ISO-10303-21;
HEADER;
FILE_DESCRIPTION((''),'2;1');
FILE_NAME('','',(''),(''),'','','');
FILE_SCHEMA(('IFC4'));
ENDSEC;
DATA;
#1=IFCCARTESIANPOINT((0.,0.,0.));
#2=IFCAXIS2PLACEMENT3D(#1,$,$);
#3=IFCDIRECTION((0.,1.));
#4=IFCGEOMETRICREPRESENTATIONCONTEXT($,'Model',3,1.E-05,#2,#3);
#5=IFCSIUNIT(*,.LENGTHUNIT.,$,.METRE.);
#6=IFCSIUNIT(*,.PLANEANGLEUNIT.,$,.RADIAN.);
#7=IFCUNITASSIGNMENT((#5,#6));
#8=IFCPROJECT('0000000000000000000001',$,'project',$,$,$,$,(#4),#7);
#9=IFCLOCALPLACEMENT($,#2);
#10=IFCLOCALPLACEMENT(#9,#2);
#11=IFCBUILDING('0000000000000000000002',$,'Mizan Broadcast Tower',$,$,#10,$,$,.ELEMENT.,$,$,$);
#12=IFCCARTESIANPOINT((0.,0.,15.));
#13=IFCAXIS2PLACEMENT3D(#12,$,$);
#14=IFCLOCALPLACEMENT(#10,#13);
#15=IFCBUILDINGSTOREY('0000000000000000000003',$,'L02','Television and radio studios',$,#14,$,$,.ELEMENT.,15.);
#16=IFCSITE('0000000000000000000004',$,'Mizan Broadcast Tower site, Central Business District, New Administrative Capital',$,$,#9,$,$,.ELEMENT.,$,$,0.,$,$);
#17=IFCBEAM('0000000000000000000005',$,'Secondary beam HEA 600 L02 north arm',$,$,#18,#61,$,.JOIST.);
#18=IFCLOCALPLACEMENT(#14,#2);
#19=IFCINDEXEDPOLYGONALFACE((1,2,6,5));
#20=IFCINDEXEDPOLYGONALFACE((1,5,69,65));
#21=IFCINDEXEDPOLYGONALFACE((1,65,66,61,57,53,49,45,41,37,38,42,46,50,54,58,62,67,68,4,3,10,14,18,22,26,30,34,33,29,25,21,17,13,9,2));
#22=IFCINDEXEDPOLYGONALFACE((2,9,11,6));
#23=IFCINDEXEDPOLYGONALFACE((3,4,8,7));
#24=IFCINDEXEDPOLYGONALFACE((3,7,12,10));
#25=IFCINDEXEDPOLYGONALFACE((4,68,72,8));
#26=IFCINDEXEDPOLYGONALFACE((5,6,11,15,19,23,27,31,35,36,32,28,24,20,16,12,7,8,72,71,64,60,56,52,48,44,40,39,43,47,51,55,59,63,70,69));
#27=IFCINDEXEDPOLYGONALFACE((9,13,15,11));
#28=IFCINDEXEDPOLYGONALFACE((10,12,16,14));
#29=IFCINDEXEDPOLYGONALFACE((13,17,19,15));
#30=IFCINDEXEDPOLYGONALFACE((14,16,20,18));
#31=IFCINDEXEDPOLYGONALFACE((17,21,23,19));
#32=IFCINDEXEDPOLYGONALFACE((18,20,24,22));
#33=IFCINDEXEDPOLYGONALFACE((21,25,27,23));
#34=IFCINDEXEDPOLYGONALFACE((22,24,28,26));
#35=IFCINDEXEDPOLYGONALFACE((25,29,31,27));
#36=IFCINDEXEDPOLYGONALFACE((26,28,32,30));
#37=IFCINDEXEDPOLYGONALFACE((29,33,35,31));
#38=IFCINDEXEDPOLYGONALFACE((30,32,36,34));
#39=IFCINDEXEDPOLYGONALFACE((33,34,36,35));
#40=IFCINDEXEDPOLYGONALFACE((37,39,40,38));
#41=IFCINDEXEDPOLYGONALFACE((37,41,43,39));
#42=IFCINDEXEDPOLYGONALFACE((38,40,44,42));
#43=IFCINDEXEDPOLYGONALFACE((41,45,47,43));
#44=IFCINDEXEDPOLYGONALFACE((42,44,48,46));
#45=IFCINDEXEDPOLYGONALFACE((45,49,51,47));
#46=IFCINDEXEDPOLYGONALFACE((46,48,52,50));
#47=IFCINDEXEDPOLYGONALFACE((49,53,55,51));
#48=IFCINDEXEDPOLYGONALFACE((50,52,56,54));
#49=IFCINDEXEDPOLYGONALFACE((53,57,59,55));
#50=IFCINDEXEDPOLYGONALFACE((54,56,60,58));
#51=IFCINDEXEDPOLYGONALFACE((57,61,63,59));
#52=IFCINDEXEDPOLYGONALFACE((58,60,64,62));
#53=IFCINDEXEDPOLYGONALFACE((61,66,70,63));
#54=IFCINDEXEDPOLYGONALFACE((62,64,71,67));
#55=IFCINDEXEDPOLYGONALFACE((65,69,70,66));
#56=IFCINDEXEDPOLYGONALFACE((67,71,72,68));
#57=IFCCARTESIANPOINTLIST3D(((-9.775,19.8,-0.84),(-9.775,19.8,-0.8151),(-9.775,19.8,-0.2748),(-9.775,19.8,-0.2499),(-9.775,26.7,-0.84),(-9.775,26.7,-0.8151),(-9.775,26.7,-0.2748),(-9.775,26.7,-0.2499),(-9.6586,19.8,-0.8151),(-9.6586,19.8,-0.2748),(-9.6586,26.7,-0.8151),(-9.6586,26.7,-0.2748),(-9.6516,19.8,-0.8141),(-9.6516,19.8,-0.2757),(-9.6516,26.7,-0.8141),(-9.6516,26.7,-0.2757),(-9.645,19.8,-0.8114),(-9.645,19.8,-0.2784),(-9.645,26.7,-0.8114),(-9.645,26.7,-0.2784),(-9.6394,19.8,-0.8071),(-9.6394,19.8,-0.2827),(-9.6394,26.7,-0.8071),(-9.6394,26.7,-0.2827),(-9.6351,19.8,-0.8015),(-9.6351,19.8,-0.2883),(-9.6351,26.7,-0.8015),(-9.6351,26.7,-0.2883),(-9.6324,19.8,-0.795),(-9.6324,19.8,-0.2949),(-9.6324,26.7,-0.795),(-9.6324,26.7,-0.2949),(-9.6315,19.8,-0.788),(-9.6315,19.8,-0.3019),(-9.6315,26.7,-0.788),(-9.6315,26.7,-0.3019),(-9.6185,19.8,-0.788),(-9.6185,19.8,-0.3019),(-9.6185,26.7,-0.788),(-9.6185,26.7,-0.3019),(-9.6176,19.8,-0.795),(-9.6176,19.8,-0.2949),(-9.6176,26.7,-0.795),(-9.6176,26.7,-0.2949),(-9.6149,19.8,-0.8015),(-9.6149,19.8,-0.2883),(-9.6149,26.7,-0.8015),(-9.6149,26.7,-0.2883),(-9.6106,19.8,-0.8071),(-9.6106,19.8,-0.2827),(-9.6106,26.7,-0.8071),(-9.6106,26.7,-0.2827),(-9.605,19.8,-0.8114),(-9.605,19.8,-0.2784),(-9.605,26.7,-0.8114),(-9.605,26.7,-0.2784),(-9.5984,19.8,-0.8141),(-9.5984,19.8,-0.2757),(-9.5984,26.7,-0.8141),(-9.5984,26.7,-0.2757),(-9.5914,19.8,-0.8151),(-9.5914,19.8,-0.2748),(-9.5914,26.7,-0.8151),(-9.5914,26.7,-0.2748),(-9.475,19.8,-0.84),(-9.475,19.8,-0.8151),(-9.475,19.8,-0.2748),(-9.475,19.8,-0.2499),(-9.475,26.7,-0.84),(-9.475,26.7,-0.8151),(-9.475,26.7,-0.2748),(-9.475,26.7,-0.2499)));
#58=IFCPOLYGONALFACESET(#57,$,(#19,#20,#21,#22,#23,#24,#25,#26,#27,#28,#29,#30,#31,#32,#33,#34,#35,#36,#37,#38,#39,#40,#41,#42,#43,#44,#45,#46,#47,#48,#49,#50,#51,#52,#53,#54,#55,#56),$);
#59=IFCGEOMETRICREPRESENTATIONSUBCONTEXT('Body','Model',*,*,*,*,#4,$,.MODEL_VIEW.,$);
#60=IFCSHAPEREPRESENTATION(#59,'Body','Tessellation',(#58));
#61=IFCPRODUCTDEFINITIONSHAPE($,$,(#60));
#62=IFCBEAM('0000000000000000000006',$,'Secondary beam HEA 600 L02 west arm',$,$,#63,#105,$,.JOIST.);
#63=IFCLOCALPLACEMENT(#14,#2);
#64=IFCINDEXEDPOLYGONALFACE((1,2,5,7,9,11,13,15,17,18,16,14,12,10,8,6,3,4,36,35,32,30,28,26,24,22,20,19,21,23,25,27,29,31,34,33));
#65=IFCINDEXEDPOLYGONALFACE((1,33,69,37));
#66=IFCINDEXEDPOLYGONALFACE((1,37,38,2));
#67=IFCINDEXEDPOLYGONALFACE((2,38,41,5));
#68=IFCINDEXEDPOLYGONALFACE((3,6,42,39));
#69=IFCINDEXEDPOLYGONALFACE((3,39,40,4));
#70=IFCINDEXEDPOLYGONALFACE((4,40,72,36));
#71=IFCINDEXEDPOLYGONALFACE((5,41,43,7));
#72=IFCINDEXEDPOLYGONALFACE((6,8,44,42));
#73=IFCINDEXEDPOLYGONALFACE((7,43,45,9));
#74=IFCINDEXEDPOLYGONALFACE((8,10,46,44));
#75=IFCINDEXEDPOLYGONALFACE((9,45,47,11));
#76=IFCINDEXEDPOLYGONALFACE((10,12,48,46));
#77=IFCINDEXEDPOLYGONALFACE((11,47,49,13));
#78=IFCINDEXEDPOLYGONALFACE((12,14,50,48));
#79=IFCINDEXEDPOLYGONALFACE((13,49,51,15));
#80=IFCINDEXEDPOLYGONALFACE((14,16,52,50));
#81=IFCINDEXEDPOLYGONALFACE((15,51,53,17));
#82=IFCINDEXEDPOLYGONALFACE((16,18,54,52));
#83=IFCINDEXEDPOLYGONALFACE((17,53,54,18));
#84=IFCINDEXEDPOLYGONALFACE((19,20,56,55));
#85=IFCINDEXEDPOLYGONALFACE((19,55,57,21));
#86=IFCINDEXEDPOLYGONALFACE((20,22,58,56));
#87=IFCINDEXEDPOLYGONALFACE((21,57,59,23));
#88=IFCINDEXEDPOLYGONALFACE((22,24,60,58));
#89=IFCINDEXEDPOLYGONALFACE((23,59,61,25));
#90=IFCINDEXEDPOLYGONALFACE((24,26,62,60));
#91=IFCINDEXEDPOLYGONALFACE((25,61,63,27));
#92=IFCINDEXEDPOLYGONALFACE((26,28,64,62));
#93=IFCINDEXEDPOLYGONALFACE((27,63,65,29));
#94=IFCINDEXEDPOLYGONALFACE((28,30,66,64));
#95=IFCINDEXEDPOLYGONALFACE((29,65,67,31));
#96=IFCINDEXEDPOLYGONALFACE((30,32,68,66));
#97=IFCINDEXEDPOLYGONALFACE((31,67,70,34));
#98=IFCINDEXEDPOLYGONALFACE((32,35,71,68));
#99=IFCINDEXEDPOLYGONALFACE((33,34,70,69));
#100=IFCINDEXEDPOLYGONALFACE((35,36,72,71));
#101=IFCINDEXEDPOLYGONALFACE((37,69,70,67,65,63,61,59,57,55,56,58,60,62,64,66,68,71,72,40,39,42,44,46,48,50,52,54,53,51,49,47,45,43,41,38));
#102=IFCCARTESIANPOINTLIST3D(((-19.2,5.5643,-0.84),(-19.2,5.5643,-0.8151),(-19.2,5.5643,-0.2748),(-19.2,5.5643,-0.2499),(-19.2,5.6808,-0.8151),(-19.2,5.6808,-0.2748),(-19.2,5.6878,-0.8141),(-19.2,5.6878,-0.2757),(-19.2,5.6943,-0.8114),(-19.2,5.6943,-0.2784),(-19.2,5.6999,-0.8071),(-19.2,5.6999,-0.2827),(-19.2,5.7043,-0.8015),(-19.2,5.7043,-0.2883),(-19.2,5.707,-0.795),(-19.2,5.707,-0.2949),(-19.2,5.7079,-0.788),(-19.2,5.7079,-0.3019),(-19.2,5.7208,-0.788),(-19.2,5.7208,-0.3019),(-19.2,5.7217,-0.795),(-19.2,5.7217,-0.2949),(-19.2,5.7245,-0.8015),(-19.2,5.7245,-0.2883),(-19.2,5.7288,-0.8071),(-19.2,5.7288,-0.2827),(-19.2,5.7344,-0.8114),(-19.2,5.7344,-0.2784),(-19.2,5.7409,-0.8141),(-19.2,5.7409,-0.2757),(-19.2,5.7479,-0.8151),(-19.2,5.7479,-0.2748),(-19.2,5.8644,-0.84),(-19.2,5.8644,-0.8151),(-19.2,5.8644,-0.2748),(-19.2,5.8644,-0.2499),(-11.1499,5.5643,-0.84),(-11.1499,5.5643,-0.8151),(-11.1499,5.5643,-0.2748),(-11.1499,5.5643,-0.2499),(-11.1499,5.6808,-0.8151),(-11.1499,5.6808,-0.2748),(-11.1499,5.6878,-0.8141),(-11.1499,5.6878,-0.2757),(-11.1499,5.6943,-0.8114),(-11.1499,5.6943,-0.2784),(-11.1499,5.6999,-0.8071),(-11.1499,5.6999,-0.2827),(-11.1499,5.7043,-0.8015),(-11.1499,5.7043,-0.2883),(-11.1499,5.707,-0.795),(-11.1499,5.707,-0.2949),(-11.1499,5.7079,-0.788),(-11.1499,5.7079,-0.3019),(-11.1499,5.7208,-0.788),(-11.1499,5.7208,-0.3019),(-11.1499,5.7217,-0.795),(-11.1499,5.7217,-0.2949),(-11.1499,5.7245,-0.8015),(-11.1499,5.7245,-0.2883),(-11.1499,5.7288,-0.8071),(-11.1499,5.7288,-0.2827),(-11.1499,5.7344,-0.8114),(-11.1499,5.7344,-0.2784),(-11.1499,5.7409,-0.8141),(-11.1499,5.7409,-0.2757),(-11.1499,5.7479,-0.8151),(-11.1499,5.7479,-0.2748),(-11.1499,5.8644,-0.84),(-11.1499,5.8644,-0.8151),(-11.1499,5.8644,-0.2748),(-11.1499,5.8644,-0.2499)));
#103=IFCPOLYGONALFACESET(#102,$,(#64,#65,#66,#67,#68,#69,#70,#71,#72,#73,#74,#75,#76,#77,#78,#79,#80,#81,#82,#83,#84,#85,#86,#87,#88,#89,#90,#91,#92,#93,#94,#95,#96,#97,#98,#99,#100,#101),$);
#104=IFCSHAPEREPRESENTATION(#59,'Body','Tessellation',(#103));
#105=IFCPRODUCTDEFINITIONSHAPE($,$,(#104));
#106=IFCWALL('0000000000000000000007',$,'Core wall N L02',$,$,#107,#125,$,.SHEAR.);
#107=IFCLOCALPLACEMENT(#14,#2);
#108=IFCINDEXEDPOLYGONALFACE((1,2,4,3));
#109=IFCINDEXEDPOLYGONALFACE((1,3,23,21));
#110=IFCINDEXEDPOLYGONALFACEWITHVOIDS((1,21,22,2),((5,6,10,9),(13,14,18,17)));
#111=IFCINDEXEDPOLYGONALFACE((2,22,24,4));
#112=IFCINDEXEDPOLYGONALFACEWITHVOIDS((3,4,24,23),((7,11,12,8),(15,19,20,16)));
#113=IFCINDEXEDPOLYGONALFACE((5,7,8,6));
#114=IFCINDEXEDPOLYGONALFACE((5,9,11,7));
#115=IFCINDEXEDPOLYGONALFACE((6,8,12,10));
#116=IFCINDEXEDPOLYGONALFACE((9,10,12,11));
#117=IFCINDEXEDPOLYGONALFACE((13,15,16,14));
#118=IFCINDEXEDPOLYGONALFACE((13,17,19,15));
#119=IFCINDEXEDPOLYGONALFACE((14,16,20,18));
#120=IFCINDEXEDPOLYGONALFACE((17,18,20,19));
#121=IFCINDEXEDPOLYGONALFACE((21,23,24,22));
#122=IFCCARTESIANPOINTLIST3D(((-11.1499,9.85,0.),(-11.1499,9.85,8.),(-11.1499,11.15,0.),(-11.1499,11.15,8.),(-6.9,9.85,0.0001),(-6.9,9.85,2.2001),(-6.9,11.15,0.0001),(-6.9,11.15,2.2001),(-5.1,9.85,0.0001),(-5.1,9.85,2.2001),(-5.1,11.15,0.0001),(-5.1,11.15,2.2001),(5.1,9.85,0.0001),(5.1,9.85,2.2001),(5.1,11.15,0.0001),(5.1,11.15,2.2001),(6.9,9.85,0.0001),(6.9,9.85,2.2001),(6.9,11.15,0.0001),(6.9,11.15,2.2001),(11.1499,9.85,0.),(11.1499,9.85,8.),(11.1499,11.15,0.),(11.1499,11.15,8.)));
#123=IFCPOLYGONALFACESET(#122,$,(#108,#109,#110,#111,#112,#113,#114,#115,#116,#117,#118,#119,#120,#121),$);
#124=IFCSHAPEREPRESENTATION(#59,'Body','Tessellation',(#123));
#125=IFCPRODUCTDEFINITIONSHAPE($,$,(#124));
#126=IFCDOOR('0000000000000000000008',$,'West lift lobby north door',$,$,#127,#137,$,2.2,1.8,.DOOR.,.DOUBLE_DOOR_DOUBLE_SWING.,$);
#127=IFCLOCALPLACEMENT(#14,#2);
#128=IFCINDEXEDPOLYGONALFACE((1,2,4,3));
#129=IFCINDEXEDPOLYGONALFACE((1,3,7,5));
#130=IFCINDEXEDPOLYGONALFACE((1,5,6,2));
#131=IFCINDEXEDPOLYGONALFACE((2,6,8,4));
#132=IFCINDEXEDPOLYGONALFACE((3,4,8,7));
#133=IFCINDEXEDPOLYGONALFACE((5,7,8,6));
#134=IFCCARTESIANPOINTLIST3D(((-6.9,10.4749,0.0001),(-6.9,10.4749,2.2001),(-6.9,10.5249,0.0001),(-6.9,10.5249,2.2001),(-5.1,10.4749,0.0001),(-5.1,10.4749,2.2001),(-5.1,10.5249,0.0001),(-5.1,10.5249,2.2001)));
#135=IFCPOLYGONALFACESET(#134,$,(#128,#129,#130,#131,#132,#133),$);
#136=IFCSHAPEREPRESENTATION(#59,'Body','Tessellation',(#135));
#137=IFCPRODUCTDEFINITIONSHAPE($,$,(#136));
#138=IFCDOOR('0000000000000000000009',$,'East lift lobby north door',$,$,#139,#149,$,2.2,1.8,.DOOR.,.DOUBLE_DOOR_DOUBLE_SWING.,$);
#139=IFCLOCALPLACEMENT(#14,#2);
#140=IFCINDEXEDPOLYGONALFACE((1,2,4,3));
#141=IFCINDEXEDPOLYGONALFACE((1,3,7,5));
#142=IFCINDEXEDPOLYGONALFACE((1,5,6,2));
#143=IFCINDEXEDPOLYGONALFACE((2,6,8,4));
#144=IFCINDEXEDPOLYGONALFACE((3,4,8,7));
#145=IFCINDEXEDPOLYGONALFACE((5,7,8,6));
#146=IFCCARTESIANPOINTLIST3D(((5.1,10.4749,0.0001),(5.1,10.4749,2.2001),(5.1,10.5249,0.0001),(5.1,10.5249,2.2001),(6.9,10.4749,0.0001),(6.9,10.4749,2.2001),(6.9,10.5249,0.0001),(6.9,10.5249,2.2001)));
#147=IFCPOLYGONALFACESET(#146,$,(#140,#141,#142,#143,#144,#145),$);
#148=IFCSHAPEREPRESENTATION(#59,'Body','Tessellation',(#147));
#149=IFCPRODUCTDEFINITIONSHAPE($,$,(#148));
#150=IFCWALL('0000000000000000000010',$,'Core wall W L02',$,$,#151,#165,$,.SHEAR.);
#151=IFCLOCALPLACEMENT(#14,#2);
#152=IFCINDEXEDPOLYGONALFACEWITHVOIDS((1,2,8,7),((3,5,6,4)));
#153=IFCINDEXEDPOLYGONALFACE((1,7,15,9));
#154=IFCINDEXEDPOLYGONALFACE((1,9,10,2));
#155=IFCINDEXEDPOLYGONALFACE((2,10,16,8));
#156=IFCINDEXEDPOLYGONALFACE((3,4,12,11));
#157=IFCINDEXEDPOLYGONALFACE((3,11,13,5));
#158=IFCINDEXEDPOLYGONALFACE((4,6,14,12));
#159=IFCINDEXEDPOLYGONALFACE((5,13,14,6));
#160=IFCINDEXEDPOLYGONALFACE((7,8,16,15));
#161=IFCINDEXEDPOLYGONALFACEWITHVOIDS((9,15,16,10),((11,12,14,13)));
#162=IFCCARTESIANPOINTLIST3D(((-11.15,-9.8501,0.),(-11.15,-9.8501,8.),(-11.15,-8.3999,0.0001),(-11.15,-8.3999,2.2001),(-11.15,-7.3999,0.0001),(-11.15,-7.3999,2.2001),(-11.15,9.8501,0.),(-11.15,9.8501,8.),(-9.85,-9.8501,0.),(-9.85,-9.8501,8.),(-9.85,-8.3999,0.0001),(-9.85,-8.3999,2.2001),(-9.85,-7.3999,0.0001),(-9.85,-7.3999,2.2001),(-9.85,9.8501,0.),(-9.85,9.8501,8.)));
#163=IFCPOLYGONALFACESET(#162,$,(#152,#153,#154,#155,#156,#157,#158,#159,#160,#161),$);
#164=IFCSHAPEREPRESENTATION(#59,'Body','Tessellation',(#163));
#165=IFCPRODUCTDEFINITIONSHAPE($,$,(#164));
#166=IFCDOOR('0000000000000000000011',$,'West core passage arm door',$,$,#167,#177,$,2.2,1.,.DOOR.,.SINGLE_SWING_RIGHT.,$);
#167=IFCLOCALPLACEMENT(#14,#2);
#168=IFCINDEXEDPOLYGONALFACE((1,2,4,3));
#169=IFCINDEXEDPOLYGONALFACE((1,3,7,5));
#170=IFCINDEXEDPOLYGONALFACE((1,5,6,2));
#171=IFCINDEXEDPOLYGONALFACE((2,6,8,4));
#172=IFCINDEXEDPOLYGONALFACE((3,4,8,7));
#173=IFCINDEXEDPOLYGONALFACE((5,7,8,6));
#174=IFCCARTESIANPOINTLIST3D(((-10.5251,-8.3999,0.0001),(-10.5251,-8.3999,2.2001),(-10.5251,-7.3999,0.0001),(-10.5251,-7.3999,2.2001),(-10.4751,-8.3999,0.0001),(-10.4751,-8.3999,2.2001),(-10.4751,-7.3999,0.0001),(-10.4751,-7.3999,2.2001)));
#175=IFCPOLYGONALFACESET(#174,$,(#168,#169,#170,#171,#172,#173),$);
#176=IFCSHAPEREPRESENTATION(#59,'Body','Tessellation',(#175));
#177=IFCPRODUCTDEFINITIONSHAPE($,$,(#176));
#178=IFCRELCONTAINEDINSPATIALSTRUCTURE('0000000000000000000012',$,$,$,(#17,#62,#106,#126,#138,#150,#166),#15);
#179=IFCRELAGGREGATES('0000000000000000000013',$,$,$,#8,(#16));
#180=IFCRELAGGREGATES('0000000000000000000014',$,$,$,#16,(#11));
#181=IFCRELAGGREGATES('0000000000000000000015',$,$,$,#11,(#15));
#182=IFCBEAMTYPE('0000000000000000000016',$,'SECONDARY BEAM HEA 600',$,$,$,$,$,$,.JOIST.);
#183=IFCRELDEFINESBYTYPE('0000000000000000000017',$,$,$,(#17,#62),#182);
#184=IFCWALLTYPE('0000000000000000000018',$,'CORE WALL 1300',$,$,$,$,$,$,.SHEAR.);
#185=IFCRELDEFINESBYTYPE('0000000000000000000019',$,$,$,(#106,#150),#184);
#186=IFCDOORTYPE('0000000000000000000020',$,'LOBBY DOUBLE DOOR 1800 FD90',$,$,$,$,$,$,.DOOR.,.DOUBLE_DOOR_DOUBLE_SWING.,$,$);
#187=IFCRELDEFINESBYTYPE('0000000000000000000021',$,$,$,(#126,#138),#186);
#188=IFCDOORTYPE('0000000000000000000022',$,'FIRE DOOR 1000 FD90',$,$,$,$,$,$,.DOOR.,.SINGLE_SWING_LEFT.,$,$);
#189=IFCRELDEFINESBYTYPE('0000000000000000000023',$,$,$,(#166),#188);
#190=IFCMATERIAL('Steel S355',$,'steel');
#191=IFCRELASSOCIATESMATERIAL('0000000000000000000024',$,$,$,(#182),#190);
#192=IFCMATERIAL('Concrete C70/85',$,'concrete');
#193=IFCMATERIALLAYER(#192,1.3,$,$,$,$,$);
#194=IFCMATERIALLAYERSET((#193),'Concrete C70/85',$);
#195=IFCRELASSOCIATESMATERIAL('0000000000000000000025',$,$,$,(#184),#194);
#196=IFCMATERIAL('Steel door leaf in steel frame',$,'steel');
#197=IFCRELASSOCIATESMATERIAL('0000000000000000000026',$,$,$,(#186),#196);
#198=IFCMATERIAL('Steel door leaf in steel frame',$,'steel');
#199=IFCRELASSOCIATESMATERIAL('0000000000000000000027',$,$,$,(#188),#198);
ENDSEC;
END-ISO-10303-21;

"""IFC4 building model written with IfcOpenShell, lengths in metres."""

from ifc_helpers import new_model, si_unit, direction, frame, frame_2d, origin, origin_2d, place, context, subcontext, project, spatial, rectangle, i_section, extrude, material, layer, layer_set, material_profile, profile_set, type_object, element, fill, save


model = new_model("IFC4")

# Units and contexts
model_context = context("Model", 3, precision=1e-05, world=origin(), true_north=direction((0.0, 1.0)))
body_context = subcontext(model_context, "Body", "Model", "MODEL_VIEW")
ifc_project = project(units=[si_unit("LENGTHUNIT", "METRE"), si_unit("PLANEANGLEUNIT", "RADIAN")], contexts=[model_context])

# Site, building, storey
site_placement = place(None, origin())
site = spatial("IfcSite", under=ifc_project, at=site_placement, Name="Mizan Broadcast Tower site, Central Business District, New Administrative Capital", CompositionType="ELEMENT", RefElevation=0.0)
building_placement = place(site_placement, origin())
building = spatial("IfcBuilding", under=site, at=building_placement, Name="Mizan Broadcast Tower", CompositionType="ELEMENT")
storey_placement = place(building_placement, frame((0.0, 0.0, 15.0)))
storey = spatial("IfcBuildingStorey", under=building, at=storey_placement, Name="L02", Description="Television and radio studios", CompositionType="ELEMENT", Elevation=15.0)

# Beams
ifc_material_1 = material(Name="Steel S355", Category="steel")
ifc_material_profile_1 = material_profile(ifc_material_1, i_section(OverallWidth=0.3, OverallDepth=0.5901, WebThickness=0.0129, FlangeThickness=0.0249, FilletRadius=0.0271, at=origin_2d()), Name="HEA 600")
ifc_profile_set_1 = profile_set([ifc_material_profile_1], Name="Steel S355")
beam_type_1 = type_object("IfcBeamType", Name="SECONDARY BEAM HEA 600", PredefinedType="JOIST", material=ifc_profile_set_1)
beam_1_placement = place(storey_placement, frame((-9.625, 19.8, -0.5449), z_axis=(0.0, 1.0, 0.0), x_axis=(-1.0, 0.0, 0.0)))
element("IfcBeam", 1, at=beam_1_placement, inside=storey, type_object=beam_type_1, Name="Secondary beam HEA 600 L02 north arm", PredefinedType="JOIST", context=body_context, shape_type="SweptSolid", body=[
    extrude(i_section(OverallWidth=0.3, OverallDepth=0.5901, WebThickness=0.0129, FlangeThickness=0.0249, FilletRadius=0.0271, at=origin_2d()), origin(), (0.0, 0.0, 1.0), 6.8999),
])
beam_2_placement = place(storey_placement, frame((-11.1499, 5.7144, -0.5449), z_axis=(-1.0, 0.0, 0.0), x_axis=(0.0, -1.0, 0.0)))
element("IfcBeam", 2, at=beam_2_placement, inside=storey, type_object=beam_type_1, Name="Secondary beam HEA 600 L02 west arm", PredefinedType="JOIST", context=body_context, shape_type="SweptSolid", body=[
    extrude(i_section(OverallWidth=0.3, OverallDepth=0.5901, WebThickness=0.0129, FlangeThickness=0.0249, FilletRadius=0.0271, at=origin_2d()), origin(), (0.0, 0.0, 1.0), 8.05),
])

# Wall, openings, doors
ifc_material_2 = material(Name="Concrete C70/85", Category="concrete")
ifc_layer_1 = layer(ifc_material_2, 1.3)
ifc_layer_set_1 = layer_set([ifc_layer_1], Name="Concrete C70/85")
wall_type_1 = type_object("IfcWallType", Name="CORE WALL 1300", PredefinedType="SHEAR", material=ifc_layer_set_1)
wall_1_placement = place(storey_placement, frame((-11.1499, 10.5, 0.0), z_axis=(0.0, 0.0, 1.0), x_axis=(1.0, 0.0, 0.0)))
wall_1 = element("IfcWall", 3, at=wall_1_placement, inside=storey, type_object=wall_type_1, Name="Core wall N L02", PredefinedType="SHEAR", context=body_context, shape_type="SweptSolid", body=[
    extrude(rectangle(XDim=22.2998, YDim=1.3, at=frame_2d((11.1499, 0.0))), origin(), (0.0, 0.0, 1.0), 8.0),
])
opening_1_placement = place(wall_1_placement, frame((4.25, 0.0, 0.0)))
opening_1 = element("IfcOpeningElement", 4, at=opening_1_placement, cuts=wall_1, PredefinedType="OPENING", context=body_context, shape_type="SweptSolid", body=[
    extrude(rectangle(XDim=1.8, YDim=2.2, at=frame_2d((0.8999, 1.1001))), frame((0.0, 0.6599, 0.0), z_axis=(0.0, -1.0, 0.0), x_axis=(1.0, 0.0, 0.0)), (0.0, 0.0, 1.0), 1.3201),
])
opening_2_placement = place(wall_1_placement, frame((16.25, 0.0, 0.0)))
opening_2 = element("IfcOpeningElement", 5, at=opening_2_placement, cuts=wall_1, PredefinedType="OPENING", context=body_context, shape_type="SweptSolid", body=[
    extrude(rectangle(XDim=1.8, YDim=2.2, at=frame_2d((0.8999, 1.1001))), frame((0.0, 0.6599, 0.0), z_axis=(0.0, -1.0, 0.0), x_axis=(1.0, 0.0, 0.0)), (0.0, 0.0, 1.0), 1.3201),
])
ifc_material_3 = material(Name="Steel door leaf in steel frame", Category="steel")
door_type_1 = type_object("IfcDoorType", Name="LOBBY DOUBLE DOOR 1800 FD90", OperationType="DOUBLE_DOOR_DOUBLE_SWING", PredefinedType="DOOR", material=ifc_material_3)
door_1_placement = place(opening_1_placement, origin())
door_1 = element("IfcDoor", 6, at=door_1_placement, inside=storey, type_object=door_type_1, Name="West lift lobby north door", OperationType="DOUBLE_DOOR_DOUBLE_SWING", OverallHeight=2.2, OverallWidth=1.8, PredefinedType="DOOR", context=body_context, shape_type="SweptSolid", body=[
    extrude(rectangle(XDim=1.8, YDim=2.2, at=frame_2d((0.8999, 1.1001))), frame((0.0, 0.0249, 0.0), z_axis=(0.0, -1.0, 0.0), x_axis=(1.0, 0.0, 0.0)), (0.0, 0.0, 1.0), 0.05),
])
fill(opening_1, door_1)
door_2_placement = place(opening_2_placement, origin())
door_2 = element("IfcDoor", 7, at=door_2_placement, inside=storey, type_object=door_type_1, Name="East lift lobby north door", OperationType="DOUBLE_DOOR_DOUBLE_SWING", OverallHeight=2.2, OverallWidth=1.8, PredefinedType="DOOR", context=body_context, shape_type="SweptSolid", body=[
    extrude(rectangle(XDim=1.8, YDim=2.2, at=frame_2d((0.8999, 1.1001))), frame((0.0, 0.0249, 0.0), z_axis=(0.0, -1.0, 0.0), x_axis=(1.0, 0.0, 0.0)), (0.0, 0.0, 1.0), 0.05),
])
fill(opening_2, door_2)

# Wall, opening, door
wall_2_placement = place(storey_placement, frame((-10.5, 9.8501, 0.0), z_axis=(0.0, 0.0, 1.0), x_axis=(0.0, -1.0, 0.0)))
wall_2 = element("IfcWall", 8, at=wall_2_placement, inside=storey, type_object=wall_type_1, Name="Core wall W L02", PredefinedType="SHEAR", context=body_context, shape_type="SweptSolid", body=[
    extrude(rectangle(XDim=19.7002, YDim=1.3, at=frame_2d((9.8501, 0.0))), origin(), (0.0, 0.0, 1.0), 8.0),
])
opening_3_placement = place(wall_2_placement, frame((17.25, 0.0, 0.0)))
opening_3 = element("IfcOpeningElement", 9, at=opening_3_placement, cuts=wall_2, PredefinedType="OPENING", context=body_context, shape_type="SweptSolid", body=[
    extrude(rectangle(XDim=1.0, YDim=2.2, at=frame_2d((0.5, 1.1001))), frame((0.0, 0.6599, 0.0), z_axis=(0.0, -1.0, 0.0), x_axis=(1.0, 0.0, 0.0)), (0.0, 0.0, 1.0), 1.3201),
])
ifc_material_4 = material(Name="Steel door leaf in steel frame", Category="steel")
door_type_2 = type_object("IfcDoorType", Name="FIRE DOOR 1000 FD90", OperationType="SINGLE_SWING_LEFT", PredefinedType="DOOR", material=ifc_material_4)
door_3_placement = place(opening_3_placement, origin())
door_3 = element("IfcDoor", 10, at=door_3_placement, inside=storey, type_object=door_type_2, Name="West core passage arm door", OperationType="SINGLE_SWING_RIGHT", OverallHeight=2.2, OverallWidth=1.0, PredefinedType="DOOR", context=body_context, shape_type="SweptSolid", body=[
    extrude(rectangle(XDim=1.0, YDim=2.2, at=frame_2d((0.5, 1.1001))), frame((0.0, 0.0249, 0.0), z_axis=(0.0, -1.0, 0.0), x_axis=(1.0, 0.0, 0.0)), (0.0, 0.0, 1.0), 0.05),
])
fill(opening_3, door_3)

save(model, "model.ifc")
